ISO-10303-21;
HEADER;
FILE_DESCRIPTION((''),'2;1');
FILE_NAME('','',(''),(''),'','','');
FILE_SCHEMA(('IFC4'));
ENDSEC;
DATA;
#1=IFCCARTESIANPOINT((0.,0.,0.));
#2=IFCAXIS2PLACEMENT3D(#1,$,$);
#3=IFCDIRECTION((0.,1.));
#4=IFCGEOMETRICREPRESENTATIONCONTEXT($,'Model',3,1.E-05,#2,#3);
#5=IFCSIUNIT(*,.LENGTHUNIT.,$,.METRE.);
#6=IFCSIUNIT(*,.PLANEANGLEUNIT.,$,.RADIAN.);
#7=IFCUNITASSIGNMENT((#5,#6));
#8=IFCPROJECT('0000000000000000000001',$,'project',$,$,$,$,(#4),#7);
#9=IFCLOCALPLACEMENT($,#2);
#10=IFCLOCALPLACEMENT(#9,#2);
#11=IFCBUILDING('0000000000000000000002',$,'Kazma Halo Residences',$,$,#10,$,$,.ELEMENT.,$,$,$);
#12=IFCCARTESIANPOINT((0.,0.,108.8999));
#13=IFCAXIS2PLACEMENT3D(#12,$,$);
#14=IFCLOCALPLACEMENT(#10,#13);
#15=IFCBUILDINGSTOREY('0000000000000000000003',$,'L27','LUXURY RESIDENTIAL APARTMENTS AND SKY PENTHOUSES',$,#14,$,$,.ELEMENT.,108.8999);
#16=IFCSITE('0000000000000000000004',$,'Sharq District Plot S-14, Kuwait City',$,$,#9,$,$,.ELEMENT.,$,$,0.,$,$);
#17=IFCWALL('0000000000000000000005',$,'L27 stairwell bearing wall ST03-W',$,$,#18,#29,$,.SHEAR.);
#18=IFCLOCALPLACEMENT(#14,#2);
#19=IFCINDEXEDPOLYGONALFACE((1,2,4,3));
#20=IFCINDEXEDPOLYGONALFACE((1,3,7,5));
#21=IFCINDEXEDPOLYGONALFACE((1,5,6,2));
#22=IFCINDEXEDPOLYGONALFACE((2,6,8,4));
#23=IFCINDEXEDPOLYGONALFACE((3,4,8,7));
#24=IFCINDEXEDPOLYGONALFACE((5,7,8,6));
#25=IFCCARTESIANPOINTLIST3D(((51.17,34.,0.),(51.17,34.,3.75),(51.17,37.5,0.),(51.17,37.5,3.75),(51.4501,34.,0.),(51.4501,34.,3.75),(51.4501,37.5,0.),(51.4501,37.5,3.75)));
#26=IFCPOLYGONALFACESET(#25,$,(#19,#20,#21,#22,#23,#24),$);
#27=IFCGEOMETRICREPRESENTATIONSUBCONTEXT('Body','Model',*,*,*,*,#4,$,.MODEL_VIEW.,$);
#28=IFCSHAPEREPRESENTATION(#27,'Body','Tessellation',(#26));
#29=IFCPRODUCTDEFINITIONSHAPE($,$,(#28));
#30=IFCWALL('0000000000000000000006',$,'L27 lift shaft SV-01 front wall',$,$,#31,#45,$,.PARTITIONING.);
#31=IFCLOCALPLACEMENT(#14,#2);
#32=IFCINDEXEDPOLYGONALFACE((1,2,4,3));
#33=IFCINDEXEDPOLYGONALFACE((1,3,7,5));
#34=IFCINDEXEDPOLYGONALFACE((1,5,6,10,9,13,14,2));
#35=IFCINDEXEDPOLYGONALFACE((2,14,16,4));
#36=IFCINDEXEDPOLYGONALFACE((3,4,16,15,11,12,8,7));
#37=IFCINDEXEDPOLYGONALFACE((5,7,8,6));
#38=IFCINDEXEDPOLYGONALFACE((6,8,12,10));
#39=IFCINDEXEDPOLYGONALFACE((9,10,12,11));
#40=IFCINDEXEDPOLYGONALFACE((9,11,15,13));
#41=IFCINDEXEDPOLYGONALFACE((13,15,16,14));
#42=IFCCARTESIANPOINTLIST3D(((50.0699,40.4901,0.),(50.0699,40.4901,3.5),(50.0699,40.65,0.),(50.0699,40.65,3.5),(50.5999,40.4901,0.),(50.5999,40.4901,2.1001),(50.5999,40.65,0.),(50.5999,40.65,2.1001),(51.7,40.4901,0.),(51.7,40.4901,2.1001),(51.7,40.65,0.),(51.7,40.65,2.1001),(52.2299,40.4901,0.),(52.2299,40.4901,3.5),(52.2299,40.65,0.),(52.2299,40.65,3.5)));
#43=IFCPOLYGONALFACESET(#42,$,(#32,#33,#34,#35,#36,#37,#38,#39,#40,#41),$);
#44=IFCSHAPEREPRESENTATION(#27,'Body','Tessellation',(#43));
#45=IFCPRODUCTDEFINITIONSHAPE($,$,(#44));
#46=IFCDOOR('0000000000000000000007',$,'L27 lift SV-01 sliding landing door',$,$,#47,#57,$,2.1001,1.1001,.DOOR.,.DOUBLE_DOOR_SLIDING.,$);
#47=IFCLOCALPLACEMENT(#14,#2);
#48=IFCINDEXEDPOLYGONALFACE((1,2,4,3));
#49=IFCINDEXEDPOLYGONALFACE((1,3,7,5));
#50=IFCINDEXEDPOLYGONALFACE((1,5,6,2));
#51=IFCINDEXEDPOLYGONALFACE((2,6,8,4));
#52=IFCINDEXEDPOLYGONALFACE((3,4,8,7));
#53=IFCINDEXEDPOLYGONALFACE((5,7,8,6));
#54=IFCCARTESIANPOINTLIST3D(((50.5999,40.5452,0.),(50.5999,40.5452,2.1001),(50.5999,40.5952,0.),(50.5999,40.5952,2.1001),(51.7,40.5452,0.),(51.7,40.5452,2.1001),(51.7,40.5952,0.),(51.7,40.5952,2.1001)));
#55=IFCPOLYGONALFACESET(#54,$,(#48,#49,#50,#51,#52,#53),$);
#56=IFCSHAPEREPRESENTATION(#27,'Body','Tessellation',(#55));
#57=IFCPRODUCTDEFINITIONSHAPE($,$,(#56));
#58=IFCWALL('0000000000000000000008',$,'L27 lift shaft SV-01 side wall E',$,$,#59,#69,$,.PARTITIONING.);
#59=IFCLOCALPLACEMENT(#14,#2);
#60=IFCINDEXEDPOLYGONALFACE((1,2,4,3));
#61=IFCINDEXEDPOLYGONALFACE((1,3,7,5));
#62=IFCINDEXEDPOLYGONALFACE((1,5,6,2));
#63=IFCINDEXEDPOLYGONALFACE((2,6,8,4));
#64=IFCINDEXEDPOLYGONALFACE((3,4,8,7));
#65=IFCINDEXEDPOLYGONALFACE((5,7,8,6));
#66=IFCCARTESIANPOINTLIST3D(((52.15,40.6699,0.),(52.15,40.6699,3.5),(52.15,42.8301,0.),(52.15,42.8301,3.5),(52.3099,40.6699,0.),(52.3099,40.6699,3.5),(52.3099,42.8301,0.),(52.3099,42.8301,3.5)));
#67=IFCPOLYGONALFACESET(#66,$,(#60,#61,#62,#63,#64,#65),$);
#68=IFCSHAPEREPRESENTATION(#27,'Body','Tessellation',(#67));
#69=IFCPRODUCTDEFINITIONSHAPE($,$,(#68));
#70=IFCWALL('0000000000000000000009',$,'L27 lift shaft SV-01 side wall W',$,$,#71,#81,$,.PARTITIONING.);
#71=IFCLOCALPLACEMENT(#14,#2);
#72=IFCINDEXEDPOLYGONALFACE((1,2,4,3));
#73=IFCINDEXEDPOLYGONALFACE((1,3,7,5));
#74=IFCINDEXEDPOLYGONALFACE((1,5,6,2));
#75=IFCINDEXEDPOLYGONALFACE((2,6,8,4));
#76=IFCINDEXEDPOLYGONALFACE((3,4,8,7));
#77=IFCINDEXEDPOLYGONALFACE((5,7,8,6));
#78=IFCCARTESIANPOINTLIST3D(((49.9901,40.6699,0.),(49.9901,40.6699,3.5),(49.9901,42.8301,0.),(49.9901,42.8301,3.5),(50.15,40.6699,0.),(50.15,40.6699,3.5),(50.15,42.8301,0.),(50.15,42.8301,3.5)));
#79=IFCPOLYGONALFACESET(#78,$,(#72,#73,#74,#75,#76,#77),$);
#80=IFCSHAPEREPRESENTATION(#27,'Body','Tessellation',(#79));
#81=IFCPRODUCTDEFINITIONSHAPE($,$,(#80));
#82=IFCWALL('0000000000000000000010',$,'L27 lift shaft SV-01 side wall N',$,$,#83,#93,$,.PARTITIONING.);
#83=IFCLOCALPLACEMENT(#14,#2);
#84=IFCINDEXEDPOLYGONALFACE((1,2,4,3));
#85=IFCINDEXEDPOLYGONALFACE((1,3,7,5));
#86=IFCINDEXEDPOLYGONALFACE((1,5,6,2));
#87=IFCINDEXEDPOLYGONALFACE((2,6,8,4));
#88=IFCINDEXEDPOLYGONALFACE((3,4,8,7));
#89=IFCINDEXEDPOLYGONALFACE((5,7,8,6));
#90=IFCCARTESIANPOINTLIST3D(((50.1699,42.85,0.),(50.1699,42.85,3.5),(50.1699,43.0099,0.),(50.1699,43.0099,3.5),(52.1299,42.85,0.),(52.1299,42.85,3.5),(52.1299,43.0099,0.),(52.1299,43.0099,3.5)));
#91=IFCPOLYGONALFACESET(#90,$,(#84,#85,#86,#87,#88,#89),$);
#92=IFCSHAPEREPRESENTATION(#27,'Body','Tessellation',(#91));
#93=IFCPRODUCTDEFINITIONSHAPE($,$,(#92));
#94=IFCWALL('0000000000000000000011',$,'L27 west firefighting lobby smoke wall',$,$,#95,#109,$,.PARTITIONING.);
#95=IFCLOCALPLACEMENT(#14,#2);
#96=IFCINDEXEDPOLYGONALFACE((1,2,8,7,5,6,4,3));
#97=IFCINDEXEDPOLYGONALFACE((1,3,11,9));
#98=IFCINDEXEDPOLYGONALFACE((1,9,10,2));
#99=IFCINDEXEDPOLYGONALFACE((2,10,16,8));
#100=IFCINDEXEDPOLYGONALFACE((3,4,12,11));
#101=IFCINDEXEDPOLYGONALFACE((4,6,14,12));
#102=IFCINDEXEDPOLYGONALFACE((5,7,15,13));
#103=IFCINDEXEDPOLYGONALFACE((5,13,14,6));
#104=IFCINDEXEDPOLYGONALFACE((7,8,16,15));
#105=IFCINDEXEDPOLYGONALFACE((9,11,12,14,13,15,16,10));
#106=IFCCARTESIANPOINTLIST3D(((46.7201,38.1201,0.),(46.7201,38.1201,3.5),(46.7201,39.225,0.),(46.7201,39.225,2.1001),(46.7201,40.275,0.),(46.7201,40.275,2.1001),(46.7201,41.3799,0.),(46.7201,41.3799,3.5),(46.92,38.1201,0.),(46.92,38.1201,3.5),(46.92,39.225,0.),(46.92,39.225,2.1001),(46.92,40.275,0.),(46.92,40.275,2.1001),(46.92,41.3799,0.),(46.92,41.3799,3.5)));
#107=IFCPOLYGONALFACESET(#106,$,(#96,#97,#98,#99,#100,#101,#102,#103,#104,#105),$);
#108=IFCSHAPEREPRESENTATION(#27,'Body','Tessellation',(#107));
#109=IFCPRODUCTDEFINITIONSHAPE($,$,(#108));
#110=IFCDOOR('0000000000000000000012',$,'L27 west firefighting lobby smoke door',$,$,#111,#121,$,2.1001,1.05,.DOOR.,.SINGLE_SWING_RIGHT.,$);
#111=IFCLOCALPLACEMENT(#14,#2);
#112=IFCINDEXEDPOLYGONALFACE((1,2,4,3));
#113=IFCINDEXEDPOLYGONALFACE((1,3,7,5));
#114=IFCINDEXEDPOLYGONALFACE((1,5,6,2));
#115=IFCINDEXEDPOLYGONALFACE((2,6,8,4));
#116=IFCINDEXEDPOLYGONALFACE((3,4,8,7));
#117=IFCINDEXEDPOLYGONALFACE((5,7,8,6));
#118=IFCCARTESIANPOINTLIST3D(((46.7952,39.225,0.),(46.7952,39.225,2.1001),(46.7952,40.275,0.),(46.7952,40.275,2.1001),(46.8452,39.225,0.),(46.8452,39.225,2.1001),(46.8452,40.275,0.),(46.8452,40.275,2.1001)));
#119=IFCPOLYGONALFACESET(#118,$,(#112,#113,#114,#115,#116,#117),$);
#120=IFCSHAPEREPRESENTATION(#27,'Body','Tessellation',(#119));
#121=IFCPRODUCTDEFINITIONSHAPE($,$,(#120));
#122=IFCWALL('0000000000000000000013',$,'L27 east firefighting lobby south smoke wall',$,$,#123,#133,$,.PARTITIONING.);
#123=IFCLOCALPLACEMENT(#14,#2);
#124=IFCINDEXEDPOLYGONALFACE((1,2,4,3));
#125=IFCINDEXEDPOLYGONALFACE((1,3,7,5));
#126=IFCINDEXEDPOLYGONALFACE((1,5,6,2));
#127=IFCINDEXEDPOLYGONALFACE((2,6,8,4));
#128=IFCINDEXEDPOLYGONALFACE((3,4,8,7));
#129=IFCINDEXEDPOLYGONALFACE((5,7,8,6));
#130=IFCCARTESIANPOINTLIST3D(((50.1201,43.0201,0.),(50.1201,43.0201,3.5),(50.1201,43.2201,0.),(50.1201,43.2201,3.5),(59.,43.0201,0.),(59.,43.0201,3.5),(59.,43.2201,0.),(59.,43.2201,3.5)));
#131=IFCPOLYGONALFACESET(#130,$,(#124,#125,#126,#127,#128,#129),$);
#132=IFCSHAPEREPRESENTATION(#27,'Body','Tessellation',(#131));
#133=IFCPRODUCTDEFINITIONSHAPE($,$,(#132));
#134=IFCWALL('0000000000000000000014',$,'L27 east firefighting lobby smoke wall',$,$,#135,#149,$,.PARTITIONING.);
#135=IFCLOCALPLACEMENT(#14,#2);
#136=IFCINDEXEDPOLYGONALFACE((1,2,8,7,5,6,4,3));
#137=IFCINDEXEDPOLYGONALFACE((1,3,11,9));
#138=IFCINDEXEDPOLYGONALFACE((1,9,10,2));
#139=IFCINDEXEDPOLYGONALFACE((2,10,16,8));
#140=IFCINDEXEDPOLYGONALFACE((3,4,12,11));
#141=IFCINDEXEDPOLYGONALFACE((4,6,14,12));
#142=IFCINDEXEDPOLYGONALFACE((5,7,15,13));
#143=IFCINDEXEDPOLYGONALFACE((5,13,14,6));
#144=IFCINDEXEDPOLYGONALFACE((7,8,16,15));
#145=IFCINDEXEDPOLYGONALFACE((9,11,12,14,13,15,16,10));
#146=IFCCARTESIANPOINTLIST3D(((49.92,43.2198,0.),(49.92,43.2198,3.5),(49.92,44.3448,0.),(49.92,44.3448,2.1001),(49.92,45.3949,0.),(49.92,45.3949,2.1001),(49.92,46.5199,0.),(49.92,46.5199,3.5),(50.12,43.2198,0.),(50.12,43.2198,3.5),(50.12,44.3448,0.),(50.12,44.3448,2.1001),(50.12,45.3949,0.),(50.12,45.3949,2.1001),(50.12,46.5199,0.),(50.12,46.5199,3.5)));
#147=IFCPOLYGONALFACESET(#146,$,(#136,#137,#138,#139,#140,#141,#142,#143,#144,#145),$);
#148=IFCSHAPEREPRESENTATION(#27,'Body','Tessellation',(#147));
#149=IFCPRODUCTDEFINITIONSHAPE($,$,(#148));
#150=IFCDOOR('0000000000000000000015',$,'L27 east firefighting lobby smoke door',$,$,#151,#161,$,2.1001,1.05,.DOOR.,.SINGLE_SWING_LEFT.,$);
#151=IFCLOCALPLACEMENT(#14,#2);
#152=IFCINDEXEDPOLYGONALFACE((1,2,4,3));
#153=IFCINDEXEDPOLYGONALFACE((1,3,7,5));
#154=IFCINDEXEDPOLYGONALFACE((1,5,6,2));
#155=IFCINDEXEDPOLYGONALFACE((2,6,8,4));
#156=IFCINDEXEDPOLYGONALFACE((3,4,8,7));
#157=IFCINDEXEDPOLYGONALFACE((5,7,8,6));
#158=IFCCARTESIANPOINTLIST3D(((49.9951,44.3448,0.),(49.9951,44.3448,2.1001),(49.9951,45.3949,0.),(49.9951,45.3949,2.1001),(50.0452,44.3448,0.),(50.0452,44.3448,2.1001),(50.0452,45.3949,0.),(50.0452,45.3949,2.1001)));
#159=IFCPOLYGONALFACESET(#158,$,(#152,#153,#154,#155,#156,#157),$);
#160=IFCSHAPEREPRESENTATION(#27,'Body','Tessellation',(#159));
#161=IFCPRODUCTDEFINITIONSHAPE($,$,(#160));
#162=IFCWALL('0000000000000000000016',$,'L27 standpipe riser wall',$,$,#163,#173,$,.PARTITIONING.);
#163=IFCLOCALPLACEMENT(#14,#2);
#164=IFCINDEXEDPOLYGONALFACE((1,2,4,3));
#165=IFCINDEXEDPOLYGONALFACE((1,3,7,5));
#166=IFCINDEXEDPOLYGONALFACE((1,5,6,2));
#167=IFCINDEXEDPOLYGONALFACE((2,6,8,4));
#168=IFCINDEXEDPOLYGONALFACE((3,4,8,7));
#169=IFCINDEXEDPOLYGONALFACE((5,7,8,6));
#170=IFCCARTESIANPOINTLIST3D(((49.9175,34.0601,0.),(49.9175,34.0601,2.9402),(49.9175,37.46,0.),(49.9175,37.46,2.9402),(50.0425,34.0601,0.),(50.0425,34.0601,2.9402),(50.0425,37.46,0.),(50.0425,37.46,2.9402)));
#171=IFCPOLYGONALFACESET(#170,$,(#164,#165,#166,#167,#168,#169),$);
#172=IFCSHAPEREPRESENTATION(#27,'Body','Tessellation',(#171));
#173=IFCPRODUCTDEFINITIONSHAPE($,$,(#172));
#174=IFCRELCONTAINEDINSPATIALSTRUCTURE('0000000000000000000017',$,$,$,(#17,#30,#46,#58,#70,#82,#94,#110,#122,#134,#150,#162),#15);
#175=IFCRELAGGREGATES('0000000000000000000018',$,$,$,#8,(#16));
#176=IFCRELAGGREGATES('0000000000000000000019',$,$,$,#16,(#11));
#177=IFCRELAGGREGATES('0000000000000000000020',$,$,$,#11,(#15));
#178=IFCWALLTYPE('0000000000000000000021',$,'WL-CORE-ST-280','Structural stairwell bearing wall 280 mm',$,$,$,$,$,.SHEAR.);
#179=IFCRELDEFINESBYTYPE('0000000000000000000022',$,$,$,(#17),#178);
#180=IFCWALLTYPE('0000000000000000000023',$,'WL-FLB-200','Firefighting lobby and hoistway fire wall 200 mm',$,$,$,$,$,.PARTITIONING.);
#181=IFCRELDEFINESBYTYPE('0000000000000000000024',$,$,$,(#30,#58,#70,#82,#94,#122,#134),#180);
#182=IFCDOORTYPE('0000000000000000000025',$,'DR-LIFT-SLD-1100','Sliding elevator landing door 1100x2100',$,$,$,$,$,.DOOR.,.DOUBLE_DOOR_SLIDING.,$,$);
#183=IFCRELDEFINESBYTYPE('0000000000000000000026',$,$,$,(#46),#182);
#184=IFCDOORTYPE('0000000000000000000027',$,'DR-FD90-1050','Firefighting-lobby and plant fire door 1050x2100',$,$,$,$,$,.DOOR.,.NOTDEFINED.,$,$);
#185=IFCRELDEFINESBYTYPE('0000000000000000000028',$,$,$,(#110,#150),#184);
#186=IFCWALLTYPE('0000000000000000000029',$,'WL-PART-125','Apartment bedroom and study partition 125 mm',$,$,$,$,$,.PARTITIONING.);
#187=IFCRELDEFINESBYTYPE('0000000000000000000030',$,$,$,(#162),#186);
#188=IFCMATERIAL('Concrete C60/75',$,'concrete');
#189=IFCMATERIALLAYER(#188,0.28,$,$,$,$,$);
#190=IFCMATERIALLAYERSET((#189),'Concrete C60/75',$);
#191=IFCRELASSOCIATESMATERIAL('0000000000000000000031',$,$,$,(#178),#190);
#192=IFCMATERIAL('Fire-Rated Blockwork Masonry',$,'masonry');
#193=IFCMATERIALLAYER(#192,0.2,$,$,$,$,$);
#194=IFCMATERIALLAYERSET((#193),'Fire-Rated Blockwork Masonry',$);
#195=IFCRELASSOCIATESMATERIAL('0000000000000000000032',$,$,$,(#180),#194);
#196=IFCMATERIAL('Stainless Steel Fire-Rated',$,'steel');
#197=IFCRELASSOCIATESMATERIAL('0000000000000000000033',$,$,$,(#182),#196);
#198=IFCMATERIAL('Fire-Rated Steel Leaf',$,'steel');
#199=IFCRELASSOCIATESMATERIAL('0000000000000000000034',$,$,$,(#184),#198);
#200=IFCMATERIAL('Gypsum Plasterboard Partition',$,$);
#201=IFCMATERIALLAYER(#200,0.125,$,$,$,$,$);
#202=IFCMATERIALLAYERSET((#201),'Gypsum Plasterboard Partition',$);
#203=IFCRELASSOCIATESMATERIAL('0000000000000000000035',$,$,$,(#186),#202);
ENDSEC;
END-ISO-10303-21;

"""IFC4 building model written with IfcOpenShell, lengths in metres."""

from ifc_helpers import new_model, si_unit, direction, frame, frame_2d, origin, place, context, subcontext, project, spatial, rectangle, extrude, material, layer, layer_set, type_object, element, fill, save


model = new_model("IFC4")

# Units and contexts
model_context = context("Model", 3, precision=1e-05, world=origin(), true_north=direction((0.0, 1.0)))
body_context = subcontext(model_context, "Body", "Model", "MODEL_VIEW")
ifc_project = project(units=[si_unit("LENGTHUNIT", "METRE"), si_unit("PLANEANGLEUNIT", "RADIAN")], contexts=[model_context])

# Site, building, storey
site_placement = place(None, origin())
site = spatial("IfcSite", under=ifc_project, at=site_placement, Name="Sharq District Plot S-14, Kuwait City", CompositionType="ELEMENT", RefElevation=0.0)
building_placement = place(site_placement, origin())
building = spatial("IfcBuilding", under=site, at=building_placement, Name="Kazma Halo Residences", CompositionType="ELEMENT")
storey_placement = place(building_placement, frame((0.0, 0.0, 108.8999)))
storey = spatial("IfcBuildingStorey", under=building, at=storey_placement, Name="L27", Description="LUXURY RESIDENTIAL APARTMENTS AND SKY PENTHOUSES", CompositionType="ELEMENT", Elevation=108.8999)

# Wall
ifc_material_1 = material(Name="Concrete C60/75", Category="concrete")
ifc_layer_1 = layer(ifc_material_1, 0.28)
ifc_layer_set_1 = layer_set([ifc_layer_1], Name="Concrete C60/75")
wall_type_1 = type_object("IfcWallType", Name="WL-CORE-ST-280", Description="Structural stairwell bearing wall 280 mm", PredefinedType="SHEAR", material=ifc_layer_set_1)
wall_1_placement = place(storey_placement, frame((51.3101, 34.0, 0.0), z_axis=(0.0, 0.0, 1.0), x_axis=(0.0, 1.0, 0.0)))
element("IfcWall", 1, at=wall_1_placement, inside=storey, type_object=wall_type_1, Name="L27 stairwell bearing wall ST03-W", PredefinedType="SHEAR", context=body_context, shape_type="SweptSolid", body=[
    extrude(rectangle(XDim=3.5, YDim=0.28, at=frame_2d((1.75, 0.0))), origin(), (0.0, 0.0, 1.0), 3.75),
])

# Wall, opening, door
ifc_material_2 = material(Name="Fire-Rated Blockwork Masonry", Category="masonry")
ifc_layer_2 = layer(ifc_material_2, 0.2)
ifc_layer_set_2 = layer_set([ifc_layer_2], Name="Fire-Rated Blockwork Masonry")
wall_type_2 = type_object("IfcWallType", Name="WL-FLB-200", Description="Firefighting lobby and hoistway fire wall 200 mm", PredefinedType="PARTITIONING", material=ifc_layer_set_2)
wall_2_placement = place(storey_placement, frame((52.23, 40.5701, 0.0), z_axis=(0.0, 0.0, 1.0), x_axis=(-1.0, 0.0, 0.0)))
wall_2 = element("IfcWall", 2, at=wall_2_placement, inside=storey, type_object=wall_type_2, Name="L27 lift shaft SV-01 front wall", PredefinedType="PARTITIONING", context=body_context, shape_type="SweptSolid", body=[
    extrude(rectangle(XDim=2.1599, YDim=0.1599, at=frame_2d((1.0801, 0.0))), origin(), (0.0, 0.0, 1.0), 3.5),
])
opening_1_placement = place(wall_2_placement, frame((0.53, 0.0, 0.0)))
opening_1 = element("IfcOpeningElement", 3, at=opening_1_placement, cuts=wall_2, PredefinedType="OPENING", context=body_context, shape_type="SweptSolid", body=[
    extrude(rectangle(XDim=1.1001, YDim=2.1001, at=frame_2d((0.55, 1.05))), frame((0.0, 0.0898, 0.0), z_axis=(0.0, -1.0, 0.0), x_axis=(1.0, 0.0, 0.0)), (0.0, 0.0, 1.0), 0.1799),
])
ifc_material_3 = material(Name="Stainless Steel Fire-Rated", Category="steel")
door_type_1 = type_object("IfcDoorType", Name="DR-LIFT-SLD-1100", Description="Sliding elevator landing door 1100x2100", OperationType="DOUBLE_DOOR_SLIDING", PredefinedType="DOOR", material=ifc_material_3)
door_1_placement = place(opening_1_placement, origin())
door_1 = element("IfcDoor", 4, at=door_1_placement, inside=storey, type_object=door_type_1, Name="L27 lift SV-01 sliding landing door", OperationType="DOUBLE_DOOR_SLIDING", OverallHeight=2.1001, OverallWidth=1.1001, PredefinedType="DOOR", context=body_context, shape_type="SweptSolid", body=[
    extrude(rectangle(XDim=1.1001, YDim=2.1001, at=frame_2d((0.55, 1.05))), frame((0.0, 0.0249, 0.0), z_axis=(0.0, -1.0, 0.0), x_axis=(1.0, 0.0, 0.0)), (0.0, 0.0, 1.0), 0.05),
])
fill(opening_1, door_1)

# Walls
for number, where, z_axis, x_axis, name in (
    (5, (52.23, 40.6699, 0.0), (0.0, 0.0, 1.0), (0.0, 1.0, 0.0), "L27 lift shaft SV-01 side wall E"),
    (6, (50.0701, 40.6699, 0.0), (0.0, 0.0, 1.0), (0.0, 1.0, 0.0), "L27 lift shaft SV-01 side wall W"),
):
    element("IfcWall", number, at=place(storey_placement, frame(where, z_axis=z_axis, x_axis=x_axis)), inside=storey, type_object=wall_type_2, Name=name, PredefinedType="PARTITIONING", context=body_context, shape_type="SweptSolid", body=[
        extrude(rectangle(XDim=2.1602, YDim=0.1599, at=frame_2d((1.0801, 0.0))), origin(), (0.0, 0.0, 1.0), 3.5),
    ])
wall_3_placement = place(storey_placement, frame((50.1699, 42.9299, 0.0), z_axis=(0.0, 0.0, 1.0), x_axis=(1.0, 0.0, 0.0)))
element("IfcWall", 7, at=wall_3_placement, inside=storey, type_object=wall_type_2, Name="L27 lift shaft SV-01 side wall N", PredefinedType="PARTITIONING", context=body_context, shape_type="SweptSolid", body=[
    extrude(rectangle(XDim=1.96, YDim=0.1599, at=frame_2d((0.98, 0.0))), origin(), (0.0, 0.0, 1.0), 3.5),
])

# Wall, opening, door
wall_4_placement = place(storey_placement, frame((46.8201, 38.1201, 0.0), z_axis=(0.0, 0.0, 1.0), x_axis=(0.0, 1.0, 0.0)))
wall_4 = element("IfcWall", 8, at=wall_4_placement, inside=storey, type_object=wall_type_2, Name="L27 west firefighting lobby smoke wall", PredefinedType="PARTITIONING", context=body_context, shape_type="SweptSolid", body=[
    extrude(rectangle(XDim=3.2598, YDim=0.2, at=frame_2d((1.6299, 0.0))), origin(), (0.0, 0.0, 1.0), 3.5),
])
opening_2_placement = place(wall_4_placement, frame((1.105, 0.0, 0.0)))
opening_2 = element("IfcOpeningElement", 9, at=opening_2_placement, cuts=wall_4, PredefinedType="OPENING", context=body_context, shape_type="SweptSolid", body=[
    extrude(rectangle(XDim=1.05, YDim=2.1001, at=frame_2d((0.5249, 1.05))), frame((0.0, 0.1099, 0.0), z_axis=(0.0, -1.0, 0.0), x_axis=(1.0, 0.0, 0.0)), (0.0, 0.0, 1.0), 0.22),
])
ifc_material_4 = material(Name="Fire-Rated Steel Leaf", Category="steel")
door_type_2 = type_object("IfcDoorType", Name="DR-FD90-1050", Description="Firefighting-lobby and plant fire door 1050x2100", OperationType="NOTDEFINED", PredefinedType="DOOR", material=ifc_material_4)
door_2_placement = place(opening_2_placement, origin())
door_2 = element("IfcDoor", 10, at=door_2_placement, inside=storey, type_object=door_type_2, Name="L27 west firefighting lobby smoke door", OperationType="SINGLE_SWING_RIGHT", OverallHeight=2.1001, OverallWidth=1.05, PredefinedType="DOOR", context=body_context, shape_type="SweptSolid", body=[
    extrude(rectangle(XDim=1.05, YDim=2.1001, at=frame_2d((0.5249, 1.05))), frame((0.0, 0.0249, 0.0), z_axis=(0.0, -1.0, 0.0), x_axis=(1.0, 0.0, 0.0)), (0.0, 0.0, 1.0), 0.05),
])
fill(opening_2, door_2)

# Wall
wall_5_placement = place(storey_placement, frame((50.1201, 43.1201, 0.0), z_axis=(0.0, 0.0, 1.0), x_axis=(1.0, 0.0, 0.0)))
element("IfcWall", 11, at=wall_5_placement, inside=storey, type_object=wall_type_2, Name="L27 east firefighting lobby south smoke wall", PredefinedType="PARTITIONING", context=body_context, shape_type="SweptSolid", body=[
    extrude(rectangle(XDim=8.8799, YDim=0.2, at=frame_2d((4.4399, 0.0))), origin(), (0.0, 0.0, 1.0), 3.5),
])

# Wall, opening, door
wall_6_placement = place(storey_placement, frame((50.02, 43.22, 0.0), z_axis=(0.0, 0.0, 1.0), x_axis=(0.0, 1.0, 0.0)))
wall_6 = element("IfcWall", 12, at=wall_6_placement, inside=storey, type_object=wall_type_2, Name="L27 east firefighting lobby smoke wall", PredefinedType="PARTITIONING", context=body_context, shape_type="SweptSolid", body=[
    extrude(rectangle(XDim=3.3, YDim=0.2, at=frame_2d((1.6499, 0.0))), origin(), (0.0, 0.0, 1.0), 3.5),
])
opening_3_placement = place(wall_6_placement, frame((1.125, 0.0, 0.0)))
opening_3 = element("IfcOpeningElement", 13, at=opening_3_placement, cuts=wall_6, PredefinedType="OPENING", context=body_context, shape_type="SweptSolid", body=[
    extrude(rectangle(XDim=1.05, YDim=2.1001, at=frame_2d((0.5249, 1.05))), frame((0.0, 0.1099, 0.0), z_axis=(0.0, -1.0, 0.0), x_axis=(1.0, 0.0, 0.0)), (0.0, 0.0, 1.0), 0.22),
])
door_3_placement = place(opening_3_placement, origin())
door_3 = element("IfcDoor", 14, at=door_3_placement, inside=storey, type_object=door_type_2, Name="L27 east firefighting lobby smoke door", OperationType="SINGLE_SWING_LEFT", OverallHeight=2.1001, OverallWidth=1.05, PredefinedType="DOOR", context=body_context, shape_type="SweptSolid", body=[
    extrude(rectangle(XDim=1.05, YDim=2.1001, at=frame_2d((0.5249, 1.05))), frame((0.0, 0.0249, 0.0), z_axis=(0.0, -1.0, 0.0), x_axis=(1.0, 0.0, 0.0)), (0.0, 0.0, 1.0), 0.05),
])
fill(opening_3, door_3)

# Wall
ifc_material_5 = material(Name="Gypsum Plasterboard Partition")
ifc_layer_3 = layer(ifc_material_5, 0.125)
ifc_layer_set_3 = layer_set([ifc_layer_3], Name="Gypsum Plasterboard Partition")
wall_type_3 = type_object("IfcWallType", Name="WL-PART-125", Description="Apartment bedroom and study partition 125 mm", PredefinedType="PARTITIONING", material=ifc_layer_set_3)
wall_7_placement = place(storey_placement, frame((49.98, 34.0601, 0.0), z_axis=(0.0, 0.0, 1.0), x_axis=(0.0, 1.0, 0.0)))
element("IfcWall", 15, at=wall_7_placement, inside=storey, type_object=wall_type_3, Name="L27 standpipe riser wall", PredefinedType="PARTITIONING", context=body_context, shape_type="SweptSolid", body=[
    extrude(rectangle(XDim=3.3999, YDim=0.125, at=frame_2d((1.7, 0.0))), origin(), (0.0, 0.0, 1.0), 2.9402),
])

save(model, "model.ifc")
